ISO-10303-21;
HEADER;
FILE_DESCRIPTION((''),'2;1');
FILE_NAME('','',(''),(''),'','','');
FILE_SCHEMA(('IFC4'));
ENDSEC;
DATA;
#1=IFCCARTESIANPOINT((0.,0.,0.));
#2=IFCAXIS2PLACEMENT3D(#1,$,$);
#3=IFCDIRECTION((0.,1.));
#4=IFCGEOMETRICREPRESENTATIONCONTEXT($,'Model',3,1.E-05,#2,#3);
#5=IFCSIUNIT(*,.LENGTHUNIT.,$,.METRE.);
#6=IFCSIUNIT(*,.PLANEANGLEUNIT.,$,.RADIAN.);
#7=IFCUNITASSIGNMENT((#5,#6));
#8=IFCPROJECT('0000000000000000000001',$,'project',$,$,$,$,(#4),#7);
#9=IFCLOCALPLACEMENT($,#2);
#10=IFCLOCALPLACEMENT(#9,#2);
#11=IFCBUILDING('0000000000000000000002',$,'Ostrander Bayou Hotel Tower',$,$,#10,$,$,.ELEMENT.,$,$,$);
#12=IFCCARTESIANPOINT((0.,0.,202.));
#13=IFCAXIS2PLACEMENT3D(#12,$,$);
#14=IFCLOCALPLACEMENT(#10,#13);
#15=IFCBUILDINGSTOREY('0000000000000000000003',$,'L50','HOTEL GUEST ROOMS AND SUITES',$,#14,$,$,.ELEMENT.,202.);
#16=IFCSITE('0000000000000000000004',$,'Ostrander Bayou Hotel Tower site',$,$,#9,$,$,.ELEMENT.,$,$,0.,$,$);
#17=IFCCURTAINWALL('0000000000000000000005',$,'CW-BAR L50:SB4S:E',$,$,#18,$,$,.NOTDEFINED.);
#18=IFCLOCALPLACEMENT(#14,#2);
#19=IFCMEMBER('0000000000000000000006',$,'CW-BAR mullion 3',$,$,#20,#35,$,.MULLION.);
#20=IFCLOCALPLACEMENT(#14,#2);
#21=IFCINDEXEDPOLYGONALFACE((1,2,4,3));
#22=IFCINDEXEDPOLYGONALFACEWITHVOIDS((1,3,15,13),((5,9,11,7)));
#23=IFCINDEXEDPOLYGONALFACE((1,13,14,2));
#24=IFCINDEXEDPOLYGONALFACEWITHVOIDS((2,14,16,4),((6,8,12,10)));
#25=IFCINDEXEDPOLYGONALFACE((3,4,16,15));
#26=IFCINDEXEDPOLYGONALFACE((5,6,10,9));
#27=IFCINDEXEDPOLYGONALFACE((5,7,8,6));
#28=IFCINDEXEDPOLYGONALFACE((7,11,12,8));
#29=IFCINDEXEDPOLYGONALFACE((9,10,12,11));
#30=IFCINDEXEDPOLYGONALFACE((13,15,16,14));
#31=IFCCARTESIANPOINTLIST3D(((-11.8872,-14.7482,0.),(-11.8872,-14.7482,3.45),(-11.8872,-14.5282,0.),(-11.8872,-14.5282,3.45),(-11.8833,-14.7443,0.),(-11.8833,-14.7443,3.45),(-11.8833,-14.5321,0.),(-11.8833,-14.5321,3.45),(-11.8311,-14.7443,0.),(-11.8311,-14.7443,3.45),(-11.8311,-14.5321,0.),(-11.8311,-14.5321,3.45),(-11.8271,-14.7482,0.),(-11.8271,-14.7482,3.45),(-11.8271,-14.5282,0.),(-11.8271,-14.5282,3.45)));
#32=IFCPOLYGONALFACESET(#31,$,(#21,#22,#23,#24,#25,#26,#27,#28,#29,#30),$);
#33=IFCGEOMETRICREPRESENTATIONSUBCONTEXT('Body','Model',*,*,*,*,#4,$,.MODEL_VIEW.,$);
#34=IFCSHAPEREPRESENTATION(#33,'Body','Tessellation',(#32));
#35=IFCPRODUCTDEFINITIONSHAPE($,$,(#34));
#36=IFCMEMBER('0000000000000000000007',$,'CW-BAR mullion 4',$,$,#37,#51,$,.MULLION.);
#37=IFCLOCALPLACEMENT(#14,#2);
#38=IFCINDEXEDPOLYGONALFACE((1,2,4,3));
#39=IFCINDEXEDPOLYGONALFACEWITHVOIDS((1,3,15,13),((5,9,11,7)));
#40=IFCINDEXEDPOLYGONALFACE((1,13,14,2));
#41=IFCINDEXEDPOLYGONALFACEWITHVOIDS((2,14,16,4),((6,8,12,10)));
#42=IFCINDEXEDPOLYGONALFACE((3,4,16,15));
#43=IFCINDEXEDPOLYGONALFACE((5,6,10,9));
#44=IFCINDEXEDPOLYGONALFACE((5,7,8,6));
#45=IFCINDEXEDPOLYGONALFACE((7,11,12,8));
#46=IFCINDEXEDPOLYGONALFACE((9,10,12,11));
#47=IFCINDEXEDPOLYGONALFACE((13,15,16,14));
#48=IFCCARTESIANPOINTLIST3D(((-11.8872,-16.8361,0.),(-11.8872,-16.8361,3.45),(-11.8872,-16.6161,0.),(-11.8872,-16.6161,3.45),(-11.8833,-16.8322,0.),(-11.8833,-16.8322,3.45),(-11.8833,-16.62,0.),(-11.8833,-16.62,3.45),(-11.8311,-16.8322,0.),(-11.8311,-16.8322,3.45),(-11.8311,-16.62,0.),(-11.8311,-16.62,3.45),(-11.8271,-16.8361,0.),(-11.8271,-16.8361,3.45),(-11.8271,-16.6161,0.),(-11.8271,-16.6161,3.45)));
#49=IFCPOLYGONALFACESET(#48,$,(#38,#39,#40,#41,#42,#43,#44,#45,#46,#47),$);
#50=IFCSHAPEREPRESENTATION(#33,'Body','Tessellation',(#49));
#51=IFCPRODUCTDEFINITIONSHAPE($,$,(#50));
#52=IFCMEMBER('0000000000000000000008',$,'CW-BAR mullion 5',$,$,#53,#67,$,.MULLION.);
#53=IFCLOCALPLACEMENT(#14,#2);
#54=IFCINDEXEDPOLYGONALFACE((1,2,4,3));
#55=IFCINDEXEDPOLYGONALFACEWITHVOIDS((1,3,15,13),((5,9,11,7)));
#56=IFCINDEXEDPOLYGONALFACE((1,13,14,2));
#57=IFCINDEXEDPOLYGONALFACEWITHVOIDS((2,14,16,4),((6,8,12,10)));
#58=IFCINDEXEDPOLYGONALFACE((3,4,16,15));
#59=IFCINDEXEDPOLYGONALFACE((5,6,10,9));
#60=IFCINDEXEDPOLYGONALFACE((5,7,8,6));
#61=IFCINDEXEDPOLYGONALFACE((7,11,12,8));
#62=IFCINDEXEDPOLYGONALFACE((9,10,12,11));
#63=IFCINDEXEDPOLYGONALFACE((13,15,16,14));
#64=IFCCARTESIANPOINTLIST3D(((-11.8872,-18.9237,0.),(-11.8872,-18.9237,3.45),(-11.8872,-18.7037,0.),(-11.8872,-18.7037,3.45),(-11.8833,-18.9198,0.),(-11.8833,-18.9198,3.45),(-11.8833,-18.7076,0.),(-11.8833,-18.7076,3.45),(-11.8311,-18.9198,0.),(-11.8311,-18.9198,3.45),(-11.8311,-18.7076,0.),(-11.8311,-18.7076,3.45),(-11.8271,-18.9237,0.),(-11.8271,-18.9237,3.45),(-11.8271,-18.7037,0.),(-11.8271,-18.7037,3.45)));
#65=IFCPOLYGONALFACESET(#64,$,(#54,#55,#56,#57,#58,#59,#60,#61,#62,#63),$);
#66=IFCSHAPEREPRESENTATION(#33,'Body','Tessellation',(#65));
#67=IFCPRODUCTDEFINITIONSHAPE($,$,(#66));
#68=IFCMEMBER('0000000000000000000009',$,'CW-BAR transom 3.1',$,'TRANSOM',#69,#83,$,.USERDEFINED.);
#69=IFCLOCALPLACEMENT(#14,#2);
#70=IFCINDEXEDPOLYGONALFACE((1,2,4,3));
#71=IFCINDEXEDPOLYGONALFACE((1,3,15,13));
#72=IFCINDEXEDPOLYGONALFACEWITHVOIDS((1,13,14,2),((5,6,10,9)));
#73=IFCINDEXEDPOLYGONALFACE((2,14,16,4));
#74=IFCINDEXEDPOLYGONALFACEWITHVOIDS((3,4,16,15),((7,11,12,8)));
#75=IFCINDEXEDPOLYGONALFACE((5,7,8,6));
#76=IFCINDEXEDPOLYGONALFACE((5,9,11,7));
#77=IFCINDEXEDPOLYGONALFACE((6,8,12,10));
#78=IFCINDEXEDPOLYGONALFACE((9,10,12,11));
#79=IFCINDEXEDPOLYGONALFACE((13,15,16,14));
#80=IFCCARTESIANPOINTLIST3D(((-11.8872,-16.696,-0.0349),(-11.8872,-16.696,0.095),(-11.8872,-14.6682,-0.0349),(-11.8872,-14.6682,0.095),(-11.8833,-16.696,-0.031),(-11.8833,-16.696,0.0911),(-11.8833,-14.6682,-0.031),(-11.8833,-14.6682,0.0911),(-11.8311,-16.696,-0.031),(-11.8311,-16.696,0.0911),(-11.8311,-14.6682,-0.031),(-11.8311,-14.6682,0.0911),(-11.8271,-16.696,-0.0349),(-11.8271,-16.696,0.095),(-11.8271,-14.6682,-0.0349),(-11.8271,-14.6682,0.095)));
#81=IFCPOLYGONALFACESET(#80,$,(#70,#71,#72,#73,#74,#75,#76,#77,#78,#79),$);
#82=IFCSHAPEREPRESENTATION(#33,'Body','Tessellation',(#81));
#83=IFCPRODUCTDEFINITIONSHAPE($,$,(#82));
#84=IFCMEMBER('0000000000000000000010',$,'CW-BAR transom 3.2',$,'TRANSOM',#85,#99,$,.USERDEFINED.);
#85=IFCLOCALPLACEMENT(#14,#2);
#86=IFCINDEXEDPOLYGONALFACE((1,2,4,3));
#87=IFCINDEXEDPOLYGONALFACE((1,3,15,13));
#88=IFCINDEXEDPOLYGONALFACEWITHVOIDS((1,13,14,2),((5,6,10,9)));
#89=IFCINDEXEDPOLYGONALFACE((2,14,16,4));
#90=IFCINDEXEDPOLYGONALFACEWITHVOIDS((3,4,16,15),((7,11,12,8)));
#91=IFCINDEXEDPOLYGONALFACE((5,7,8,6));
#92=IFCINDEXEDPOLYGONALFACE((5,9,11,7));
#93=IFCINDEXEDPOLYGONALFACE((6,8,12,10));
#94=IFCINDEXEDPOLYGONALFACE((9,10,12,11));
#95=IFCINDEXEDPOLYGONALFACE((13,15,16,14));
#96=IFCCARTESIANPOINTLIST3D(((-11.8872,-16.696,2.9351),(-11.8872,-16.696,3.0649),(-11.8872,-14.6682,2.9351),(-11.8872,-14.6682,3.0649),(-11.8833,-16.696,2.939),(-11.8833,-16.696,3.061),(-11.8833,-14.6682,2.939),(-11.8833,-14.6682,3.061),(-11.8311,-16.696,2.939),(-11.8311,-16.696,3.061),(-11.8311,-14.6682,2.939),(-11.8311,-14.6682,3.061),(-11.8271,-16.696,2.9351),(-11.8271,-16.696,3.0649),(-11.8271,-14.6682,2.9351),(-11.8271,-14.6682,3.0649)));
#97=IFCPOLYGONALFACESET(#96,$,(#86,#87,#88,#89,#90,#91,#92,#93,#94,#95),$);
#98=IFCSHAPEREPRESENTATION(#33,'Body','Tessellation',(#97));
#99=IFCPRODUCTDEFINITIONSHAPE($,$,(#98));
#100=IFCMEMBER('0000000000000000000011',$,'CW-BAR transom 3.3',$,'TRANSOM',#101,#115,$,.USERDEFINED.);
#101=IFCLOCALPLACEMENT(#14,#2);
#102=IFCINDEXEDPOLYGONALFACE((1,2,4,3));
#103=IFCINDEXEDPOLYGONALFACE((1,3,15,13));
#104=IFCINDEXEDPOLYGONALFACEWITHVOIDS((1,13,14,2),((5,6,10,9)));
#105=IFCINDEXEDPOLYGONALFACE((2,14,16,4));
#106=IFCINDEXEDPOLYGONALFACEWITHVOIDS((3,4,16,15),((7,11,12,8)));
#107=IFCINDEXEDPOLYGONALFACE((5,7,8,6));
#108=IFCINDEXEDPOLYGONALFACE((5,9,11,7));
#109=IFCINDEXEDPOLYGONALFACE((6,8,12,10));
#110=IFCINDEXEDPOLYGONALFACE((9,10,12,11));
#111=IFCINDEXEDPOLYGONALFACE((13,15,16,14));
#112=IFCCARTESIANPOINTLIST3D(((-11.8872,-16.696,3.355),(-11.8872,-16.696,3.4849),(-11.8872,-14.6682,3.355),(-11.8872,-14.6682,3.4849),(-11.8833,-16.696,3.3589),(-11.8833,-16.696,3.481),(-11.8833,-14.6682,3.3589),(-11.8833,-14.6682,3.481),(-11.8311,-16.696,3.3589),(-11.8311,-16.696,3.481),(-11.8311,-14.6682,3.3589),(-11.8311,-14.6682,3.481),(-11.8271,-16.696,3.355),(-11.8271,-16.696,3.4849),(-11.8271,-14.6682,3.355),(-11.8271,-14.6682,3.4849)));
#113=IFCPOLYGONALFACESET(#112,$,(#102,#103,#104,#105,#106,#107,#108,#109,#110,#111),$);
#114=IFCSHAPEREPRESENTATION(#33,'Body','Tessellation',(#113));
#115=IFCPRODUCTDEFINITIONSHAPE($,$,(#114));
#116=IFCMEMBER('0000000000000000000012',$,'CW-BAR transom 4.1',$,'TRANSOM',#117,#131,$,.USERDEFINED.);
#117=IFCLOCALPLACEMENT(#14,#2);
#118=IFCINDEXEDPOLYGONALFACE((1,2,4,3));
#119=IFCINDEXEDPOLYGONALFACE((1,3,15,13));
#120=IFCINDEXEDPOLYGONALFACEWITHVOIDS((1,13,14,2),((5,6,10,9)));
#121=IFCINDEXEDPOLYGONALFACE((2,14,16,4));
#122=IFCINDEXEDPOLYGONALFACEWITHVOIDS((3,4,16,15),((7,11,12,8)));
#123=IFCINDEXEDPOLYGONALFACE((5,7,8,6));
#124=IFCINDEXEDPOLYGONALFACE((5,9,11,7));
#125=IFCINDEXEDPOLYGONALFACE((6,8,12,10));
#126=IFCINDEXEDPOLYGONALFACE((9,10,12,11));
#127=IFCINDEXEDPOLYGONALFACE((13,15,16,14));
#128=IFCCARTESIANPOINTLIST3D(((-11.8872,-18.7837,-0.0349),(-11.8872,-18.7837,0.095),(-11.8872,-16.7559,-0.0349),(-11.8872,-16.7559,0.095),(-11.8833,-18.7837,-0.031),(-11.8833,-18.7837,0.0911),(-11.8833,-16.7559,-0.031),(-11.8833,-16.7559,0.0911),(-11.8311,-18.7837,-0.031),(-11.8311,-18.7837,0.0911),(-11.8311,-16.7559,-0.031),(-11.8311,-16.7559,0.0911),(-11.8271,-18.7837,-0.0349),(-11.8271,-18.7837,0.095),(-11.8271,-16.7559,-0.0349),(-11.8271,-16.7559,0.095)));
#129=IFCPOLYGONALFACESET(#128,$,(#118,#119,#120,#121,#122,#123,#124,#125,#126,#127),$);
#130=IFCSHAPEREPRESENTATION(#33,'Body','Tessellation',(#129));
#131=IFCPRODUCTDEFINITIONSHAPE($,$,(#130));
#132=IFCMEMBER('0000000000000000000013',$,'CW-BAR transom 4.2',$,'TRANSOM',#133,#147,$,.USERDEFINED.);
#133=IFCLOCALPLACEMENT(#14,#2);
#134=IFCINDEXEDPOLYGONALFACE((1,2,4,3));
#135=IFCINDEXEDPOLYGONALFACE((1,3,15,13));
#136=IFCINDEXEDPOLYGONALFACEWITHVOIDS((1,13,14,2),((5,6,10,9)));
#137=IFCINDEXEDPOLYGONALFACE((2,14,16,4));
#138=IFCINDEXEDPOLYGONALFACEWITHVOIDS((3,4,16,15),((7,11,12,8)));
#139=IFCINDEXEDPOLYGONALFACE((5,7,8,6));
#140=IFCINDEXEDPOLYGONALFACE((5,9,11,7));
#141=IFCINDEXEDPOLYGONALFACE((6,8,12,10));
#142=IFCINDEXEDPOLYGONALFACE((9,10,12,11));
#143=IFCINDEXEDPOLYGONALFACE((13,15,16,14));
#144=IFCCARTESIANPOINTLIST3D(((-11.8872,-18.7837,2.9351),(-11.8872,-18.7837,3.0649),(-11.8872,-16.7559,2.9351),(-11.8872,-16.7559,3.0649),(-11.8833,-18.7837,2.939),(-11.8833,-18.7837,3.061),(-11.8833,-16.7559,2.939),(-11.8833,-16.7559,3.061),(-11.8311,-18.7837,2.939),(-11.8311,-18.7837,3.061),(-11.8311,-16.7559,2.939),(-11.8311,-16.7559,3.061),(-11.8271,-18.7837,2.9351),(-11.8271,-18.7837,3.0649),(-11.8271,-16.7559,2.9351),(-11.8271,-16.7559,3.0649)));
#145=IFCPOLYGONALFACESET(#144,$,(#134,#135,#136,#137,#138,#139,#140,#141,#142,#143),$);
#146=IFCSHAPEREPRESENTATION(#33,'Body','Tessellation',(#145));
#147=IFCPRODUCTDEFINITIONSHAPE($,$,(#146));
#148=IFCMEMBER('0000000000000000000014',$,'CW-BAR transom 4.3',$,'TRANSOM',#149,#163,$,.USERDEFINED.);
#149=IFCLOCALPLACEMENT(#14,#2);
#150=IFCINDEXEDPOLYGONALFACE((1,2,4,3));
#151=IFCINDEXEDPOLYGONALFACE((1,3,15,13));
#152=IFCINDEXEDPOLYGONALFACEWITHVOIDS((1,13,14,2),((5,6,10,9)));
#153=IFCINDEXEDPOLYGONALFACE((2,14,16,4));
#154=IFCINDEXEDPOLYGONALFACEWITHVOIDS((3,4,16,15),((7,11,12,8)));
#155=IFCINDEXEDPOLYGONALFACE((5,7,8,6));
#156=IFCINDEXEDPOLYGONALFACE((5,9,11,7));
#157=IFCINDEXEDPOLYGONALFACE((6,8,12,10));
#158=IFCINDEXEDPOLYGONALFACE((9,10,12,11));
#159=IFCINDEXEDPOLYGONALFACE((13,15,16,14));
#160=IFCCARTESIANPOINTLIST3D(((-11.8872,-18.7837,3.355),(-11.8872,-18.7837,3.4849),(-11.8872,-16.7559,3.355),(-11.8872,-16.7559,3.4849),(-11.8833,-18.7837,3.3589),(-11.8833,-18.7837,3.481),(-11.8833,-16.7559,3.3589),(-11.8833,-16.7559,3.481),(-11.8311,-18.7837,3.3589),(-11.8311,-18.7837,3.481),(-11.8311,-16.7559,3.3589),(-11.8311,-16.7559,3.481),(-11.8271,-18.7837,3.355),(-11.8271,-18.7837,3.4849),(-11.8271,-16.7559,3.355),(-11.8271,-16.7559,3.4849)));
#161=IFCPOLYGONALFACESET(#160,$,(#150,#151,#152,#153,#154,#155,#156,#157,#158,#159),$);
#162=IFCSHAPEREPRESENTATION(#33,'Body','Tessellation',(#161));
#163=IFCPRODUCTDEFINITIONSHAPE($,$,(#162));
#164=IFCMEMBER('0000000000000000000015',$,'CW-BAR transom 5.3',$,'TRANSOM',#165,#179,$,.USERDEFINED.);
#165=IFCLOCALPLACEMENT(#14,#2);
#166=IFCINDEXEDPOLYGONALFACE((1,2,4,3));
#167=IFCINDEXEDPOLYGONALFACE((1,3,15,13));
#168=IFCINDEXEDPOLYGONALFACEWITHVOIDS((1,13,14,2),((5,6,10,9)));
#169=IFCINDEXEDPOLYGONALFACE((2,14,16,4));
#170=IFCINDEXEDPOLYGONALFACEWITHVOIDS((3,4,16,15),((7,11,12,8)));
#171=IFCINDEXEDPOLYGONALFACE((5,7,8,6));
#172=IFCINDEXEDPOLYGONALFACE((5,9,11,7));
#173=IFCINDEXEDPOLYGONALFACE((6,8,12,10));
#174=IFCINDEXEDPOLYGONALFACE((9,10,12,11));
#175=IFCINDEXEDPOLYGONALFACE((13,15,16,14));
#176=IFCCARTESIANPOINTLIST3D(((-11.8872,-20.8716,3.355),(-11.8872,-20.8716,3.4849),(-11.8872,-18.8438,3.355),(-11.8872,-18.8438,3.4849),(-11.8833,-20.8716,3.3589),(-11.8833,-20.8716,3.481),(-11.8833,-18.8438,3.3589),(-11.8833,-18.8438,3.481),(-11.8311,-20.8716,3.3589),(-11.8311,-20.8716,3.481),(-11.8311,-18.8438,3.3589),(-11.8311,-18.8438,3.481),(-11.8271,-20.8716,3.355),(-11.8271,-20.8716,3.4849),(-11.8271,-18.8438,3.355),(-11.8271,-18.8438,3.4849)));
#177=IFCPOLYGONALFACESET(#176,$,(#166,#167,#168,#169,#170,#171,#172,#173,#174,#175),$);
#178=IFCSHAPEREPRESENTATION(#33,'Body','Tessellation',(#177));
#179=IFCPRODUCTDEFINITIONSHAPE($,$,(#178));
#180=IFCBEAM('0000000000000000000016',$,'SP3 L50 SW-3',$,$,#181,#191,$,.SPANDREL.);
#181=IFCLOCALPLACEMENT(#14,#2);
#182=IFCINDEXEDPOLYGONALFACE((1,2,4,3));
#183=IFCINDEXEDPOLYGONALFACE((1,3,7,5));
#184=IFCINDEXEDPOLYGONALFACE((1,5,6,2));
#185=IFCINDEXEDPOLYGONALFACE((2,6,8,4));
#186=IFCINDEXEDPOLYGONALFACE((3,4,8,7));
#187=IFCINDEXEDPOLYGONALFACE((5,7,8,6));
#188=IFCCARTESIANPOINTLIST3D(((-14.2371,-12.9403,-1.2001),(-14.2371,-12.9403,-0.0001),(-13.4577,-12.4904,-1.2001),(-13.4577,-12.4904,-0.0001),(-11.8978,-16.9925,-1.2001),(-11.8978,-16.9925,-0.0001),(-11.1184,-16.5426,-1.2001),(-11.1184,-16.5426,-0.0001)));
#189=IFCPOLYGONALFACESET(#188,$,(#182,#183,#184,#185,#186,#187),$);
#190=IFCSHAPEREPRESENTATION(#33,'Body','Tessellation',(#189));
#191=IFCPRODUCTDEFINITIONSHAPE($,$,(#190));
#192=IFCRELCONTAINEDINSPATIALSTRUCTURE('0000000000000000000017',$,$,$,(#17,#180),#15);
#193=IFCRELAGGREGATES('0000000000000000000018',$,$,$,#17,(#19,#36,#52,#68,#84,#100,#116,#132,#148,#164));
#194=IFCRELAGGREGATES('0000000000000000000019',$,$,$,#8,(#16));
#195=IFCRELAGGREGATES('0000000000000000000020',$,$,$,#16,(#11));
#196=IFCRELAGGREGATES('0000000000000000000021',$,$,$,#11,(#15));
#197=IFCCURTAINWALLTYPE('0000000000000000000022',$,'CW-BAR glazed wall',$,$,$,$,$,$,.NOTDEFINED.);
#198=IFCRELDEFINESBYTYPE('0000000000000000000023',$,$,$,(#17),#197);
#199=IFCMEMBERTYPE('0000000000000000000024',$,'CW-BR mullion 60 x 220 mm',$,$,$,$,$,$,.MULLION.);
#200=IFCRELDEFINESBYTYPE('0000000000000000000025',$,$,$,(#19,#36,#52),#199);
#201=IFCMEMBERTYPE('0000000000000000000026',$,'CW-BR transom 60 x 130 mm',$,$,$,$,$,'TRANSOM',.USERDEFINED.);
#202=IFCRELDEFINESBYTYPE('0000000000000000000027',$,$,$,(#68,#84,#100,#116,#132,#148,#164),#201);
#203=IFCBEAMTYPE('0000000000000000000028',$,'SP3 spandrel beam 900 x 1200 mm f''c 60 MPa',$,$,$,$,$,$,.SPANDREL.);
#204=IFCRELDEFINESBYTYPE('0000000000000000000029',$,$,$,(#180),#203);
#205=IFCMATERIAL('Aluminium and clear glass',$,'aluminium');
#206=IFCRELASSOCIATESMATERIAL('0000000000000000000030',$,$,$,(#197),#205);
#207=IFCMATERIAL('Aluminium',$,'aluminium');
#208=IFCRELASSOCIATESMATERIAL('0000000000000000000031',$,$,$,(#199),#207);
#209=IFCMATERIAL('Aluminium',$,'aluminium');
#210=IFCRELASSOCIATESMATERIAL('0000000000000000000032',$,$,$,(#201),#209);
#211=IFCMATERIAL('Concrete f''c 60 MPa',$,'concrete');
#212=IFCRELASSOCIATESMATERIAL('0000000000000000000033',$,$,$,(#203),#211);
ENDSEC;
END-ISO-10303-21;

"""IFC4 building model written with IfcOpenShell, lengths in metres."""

from ifc_helpers import new_model, si_unit, direction, frame, origin, origin_2d, place, context, subcontext, project, spatial, rectangle, hollow_rectangle, extrude, material, material_profile, profile_set, type_object, element, aggregate, save


model = new_model("IFC4")

# Units and contexts
model_context = context("Model", 3, precision=1e-05, world=origin(), true_north=direction((0.0, 1.0)))
body_context = subcontext(model_context, "Body", "Model", "MODEL_VIEW")
ifc_project = project(units=[si_unit("LENGTHUNIT", "METRE"), si_unit("PLANEANGLEUNIT", "RADIAN")], contexts=[model_context])

# Site, building, storey
site_placement = place(None, origin())
site = spatial("IfcSite", under=ifc_project, at=site_placement, Name="Ostrander Bayou Hotel Tower site", CompositionType="ELEMENT", RefElevation=0.0)
building_placement = place(site_placement, origin())
building = spatial("IfcBuilding", under=site, at=building_placement, Name="Ostrander Bayou Hotel Tower", CompositionType="ELEMENT")
storey_placement = place(building_placement, frame((0.0, 0.0, 202.0)))
storey = spatial("IfcBuildingStorey", under=building, at=storey_placement, Name="L50", Description="HOTEL GUEST ROOMS AND SUITES", CompositionType="ELEMENT", Elevation=202.0)

# Curtain wall, members
ifc_material_1 = material(Name="Aluminium and clear glass", Category="aluminium")
curtain_wall_type = type_object("IfcCurtainWallType", Name="CW-BAR glazed wall", PredefinedType="NOTDEFINED", material=ifc_material_1)
curtain_wall_placement = place(storey_placement, origin())
curtain_wall = element("IfcCurtainWall", 1, at=curtain_wall_placement, inside=storey, type_object=curtain_wall_type, Name="CW-BAR L50:SB4S:E", PredefinedType="NOTDEFINED")
ifc_material_2 = material(Name="Aluminium", Category="aluminium")
ifc_material_profile_1 = material_profile(ifc_material_2, hollow_rectangle(XDim=0.0601, YDim=0.22, WallThickness=0.0039, at=origin_2d()))
ifc_profile_set_1 = profile_set([ifc_material_profile_1], Name="Aluminium")
member_type_1 = type_object("IfcMemberType", Name="CW-BR mullion 60 x 220 mm", PredefinedType="MULLION", material=ifc_profile_set_1)
member_1_placement = place(storey_placement, frame((-11.8572, -14.6382, 0.0), z_axis=(0.0, 0.0, 1.0), x_axis=(1.0, 0.0, 0.0)))
member_1 = element("IfcMember", 2, at=member_1_placement, type_object=member_type_1, Name="CW-BAR mullion 3", PredefinedType="MULLION", context=body_context, shape_type="SweptSolid", body=[
    extrude(hollow_rectangle(XDim=0.0601, YDim=0.22, WallThickness=0.0039, at=origin_2d()), origin(), (0.0, 0.0, 1.0), 3.45),
])
member_2_placement = place(storey_placement, frame((-11.8572, -16.7261, 0.0), z_axis=(0.0, 0.0, 1.0), x_axis=(1.0, 0.0, 0.0)))
member_2 = element("IfcMember", 3, at=member_2_placement, type_object=member_type_1, Name="CW-BAR mullion 4", PredefinedType="MULLION", context=body_context, shape_type="SweptSolid", body=[
    extrude(hollow_rectangle(XDim=0.0601, YDim=0.22, WallThickness=0.0039, at=origin_2d()), origin(), (0.0, 0.0, 1.0), 3.45),
])
member_3_placement = place(storey_placement, frame((-11.8572, -18.8137, 0.0), z_axis=(0.0, 0.0, 1.0), x_axis=(1.0, 0.0, 0.0)))
member_3 = element("IfcMember", 4, at=member_3_placement, type_object=member_type_1, Name="CW-BAR mullion 5", PredefinedType="MULLION", context=body_context, shape_type="SweptSolid", body=[
    extrude(hollow_rectangle(XDim=0.0601, YDim=0.22, WallThickness=0.0039, at=origin_2d()), origin(), (0.0, 0.0, 1.0), 3.45),
])
ifc_material_3 = material(Name="Aluminium", Category="aluminium")
ifc_material_profile_2 = material_profile(ifc_material_3, hollow_rectangle(XDim=0.0601, YDim=0.1299, WallThickness=0.0039, at=origin_2d()))
ifc_profile_set_2 = profile_set([ifc_material_profile_2], Name="Aluminium")
member_type_2 = type_object("IfcMemberType", Name="CW-BR transom 60 x 130 mm", ElementType="TRANSOM", PredefinedType="USERDEFINED", material=ifc_profile_set_2)
member_4_placement = place(storey_placement, frame((-11.8572, -14.6682, 0.03), z_axis=(0.0, -1.0, 0.0), x_axis=(1.0, 0.0, 0.0)))
member_4 = element("IfcMember", 5, at=member_4_placement, type_object=member_type_2, Name="CW-BAR transom 3.1", ObjectType="TRANSOM", PredefinedType="USERDEFINED", context=body_context, shape_type="SweptSolid", body=[
    extrude(hollow_rectangle(XDim=0.0601, YDim=0.1299, WallThickness=0.0039, at=origin_2d()), origin(), (0.0, 0.0, 1.0), 2.0278),
])
member_5_placement = place(storey_placement, frame((-11.8572, -14.6682, 3.0), z_axis=(0.0, -1.0, 0.0), x_axis=(1.0, 0.0, 0.0)))
member_5 = element("IfcMember", 6, at=member_5_placement, type_object=member_type_2, Name="CW-BAR transom 3.2", ObjectType="TRANSOM", PredefinedType="USERDEFINED", context=body_context, shape_type="SweptSolid", body=[
    extrude(hollow_rectangle(XDim=0.0601, YDim=0.1299, WallThickness=0.0039, at=origin_2d()), origin(), (0.0, 0.0, 1.0), 2.0278),
])
member_6_placement = place(storey_placement, frame((-11.8572, -14.6682, 3.4199), z_axis=(0.0, -1.0, 0.0), x_axis=(1.0, 0.0, 0.0)))
member_6 = element("IfcMember", 7, at=member_6_placement, type_object=member_type_2, Name="CW-BAR transom 3.3", ObjectType="TRANSOM", PredefinedType="USERDEFINED", context=body_context, shape_type="SweptSolid", body=[
    extrude(hollow_rectangle(XDim=0.0601, YDim=0.1299, WallThickness=0.0039, at=origin_2d()), origin(), (0.0, 0.0, 1.0), 2.0278),
])
member_7_placement = place(storey_placement, frame((-11.8572, -16.7559, 0.03), z_axis=(0.0, -1.0, 0.0), x_axis=(1.0, 0.0, 0.0)))
member_7 = element("IfcMember", 8, at=member_7_placement, type_object=member_type_2, Name="CW-BAR transom 4.1", ObjectType="TRANSOM", PredefinedType="USERDEFINED", context=body_context, shape_type="SweptSolid", body=[
    extrude(hollow_rectangle(XDim=0.0601, YDim=0.1299, WallThickness=0.0039, at=origin_2d()), origin(), (0.0, 0.0, 1.0), 2.0278),
])
member_8_placement = place(storey_placement, frame((-11.8572, -16.7559, 3.0), z_axis=(0.0, -1.0, 0.0), x_axis=(1.0, 0.0, 0.0)))
member_8 = element("IfcMember", 9, at=member_8_placement, type_object=member_type_2, Name="CW-BAR transom 4.2", ObjectType="TRANSOM", PredefinedType="USERDEFINED", context=body_context, shape_type="SweptSolid", body=[
    extrude(hollow_rectangle(XDim=0.0601, YDim=0.1299, WallThickness=0.0039, at=origin_2d()), origin(), (0.0, 0.0, 1.0), 2.0278),
])
member_9_placement = place(storey_placement, frame((-11.8572, -16.7559, 3.4199), z_axis=(0.0, -1.0, 0.0), x_axis=(1.0, 0.0, 0.0)))
member_9 = element("IfcMember", 10, at=member_9_placement, type_object=member_type_2, Name="CW-BAR transom 4.3", ObjectType="TRANSOM", PredefinedType="USERDEFINED", context=body_context, shape_type="SweptSolid", body=[
    extrude(hollow_rectangle(XDim=0.0601, YDim=0.1299, WallThickness=0.0039, at=origin_2d()), origin(), (0.0, 0.0, 1.0), 2.0278),
])
member_10_placement = place(storey_placement, frame((-11.8572, -18.8438, 3.4199), z_axis=(0.0, -1.0, 0.0), x_axis=(1.0, 0.0, 0.0)))
member_10 = element("IfcMember", 11, at=member_10_placement, type_object=member_type_2, Name="CW-BAR transom 5.3", ObjectType="TRANSOM", PredefinedType="USERDEFINED", context=body_context, shape_type="SweptSolid", body=[
    extrude(hollow_rectangle(XDim=0.0601, YDim=0.1299, WallThickness=0.0039, at=origin_2d()), origin(), (0.0, 0.0, 1.0), 2.0278),
])

# Beam
ifc_material_4 = material(Name="Concrete f'c 60 MPa", Category="concrete")
ifc_material_profile_3 = material_profile(ifc_material_4, rectangle(XDim=0.8999, YDim=1.2, at=origin_2d()))
ifc_profile_set_3 = profile_set([ifc_material_profile_3], Name="Concrete f'c 60 MPa")
beam_type = type_object("IfcBeamType", Name="SP3 spandrel beam 900 x 1200 mm f'c 60 MPa", PredefinedType="SPANDREL", material=ifc_profile_set_3)
beam_placement = place(storey_placement, frame((-13.8474, -12.7153, -0.6001), z_axis=(0.499966, -0.866045, 0.0), x_axis=(0.866045, 0.499966, 0.0)))
element("IfcBeam", 12, at=beam_placement, inside=storey, type_object=beam_type, Name="SP3 L50 SW-3", PredefinedType="SPANDREL", context=body_context, shape_type="SweptSolid", body=[
    extrude(rectangle(XDim=0.8999, YDim=1.2, at=origin_2d()), origin(), (0.0, 0.0, 1.0), 4.679),
])

aggregate(curtain_wall, [member_1, member_2, member_3, member_4, member_5, member_6, member_7, member_8, member_9, member_10])

save(model, "model.ifc")
